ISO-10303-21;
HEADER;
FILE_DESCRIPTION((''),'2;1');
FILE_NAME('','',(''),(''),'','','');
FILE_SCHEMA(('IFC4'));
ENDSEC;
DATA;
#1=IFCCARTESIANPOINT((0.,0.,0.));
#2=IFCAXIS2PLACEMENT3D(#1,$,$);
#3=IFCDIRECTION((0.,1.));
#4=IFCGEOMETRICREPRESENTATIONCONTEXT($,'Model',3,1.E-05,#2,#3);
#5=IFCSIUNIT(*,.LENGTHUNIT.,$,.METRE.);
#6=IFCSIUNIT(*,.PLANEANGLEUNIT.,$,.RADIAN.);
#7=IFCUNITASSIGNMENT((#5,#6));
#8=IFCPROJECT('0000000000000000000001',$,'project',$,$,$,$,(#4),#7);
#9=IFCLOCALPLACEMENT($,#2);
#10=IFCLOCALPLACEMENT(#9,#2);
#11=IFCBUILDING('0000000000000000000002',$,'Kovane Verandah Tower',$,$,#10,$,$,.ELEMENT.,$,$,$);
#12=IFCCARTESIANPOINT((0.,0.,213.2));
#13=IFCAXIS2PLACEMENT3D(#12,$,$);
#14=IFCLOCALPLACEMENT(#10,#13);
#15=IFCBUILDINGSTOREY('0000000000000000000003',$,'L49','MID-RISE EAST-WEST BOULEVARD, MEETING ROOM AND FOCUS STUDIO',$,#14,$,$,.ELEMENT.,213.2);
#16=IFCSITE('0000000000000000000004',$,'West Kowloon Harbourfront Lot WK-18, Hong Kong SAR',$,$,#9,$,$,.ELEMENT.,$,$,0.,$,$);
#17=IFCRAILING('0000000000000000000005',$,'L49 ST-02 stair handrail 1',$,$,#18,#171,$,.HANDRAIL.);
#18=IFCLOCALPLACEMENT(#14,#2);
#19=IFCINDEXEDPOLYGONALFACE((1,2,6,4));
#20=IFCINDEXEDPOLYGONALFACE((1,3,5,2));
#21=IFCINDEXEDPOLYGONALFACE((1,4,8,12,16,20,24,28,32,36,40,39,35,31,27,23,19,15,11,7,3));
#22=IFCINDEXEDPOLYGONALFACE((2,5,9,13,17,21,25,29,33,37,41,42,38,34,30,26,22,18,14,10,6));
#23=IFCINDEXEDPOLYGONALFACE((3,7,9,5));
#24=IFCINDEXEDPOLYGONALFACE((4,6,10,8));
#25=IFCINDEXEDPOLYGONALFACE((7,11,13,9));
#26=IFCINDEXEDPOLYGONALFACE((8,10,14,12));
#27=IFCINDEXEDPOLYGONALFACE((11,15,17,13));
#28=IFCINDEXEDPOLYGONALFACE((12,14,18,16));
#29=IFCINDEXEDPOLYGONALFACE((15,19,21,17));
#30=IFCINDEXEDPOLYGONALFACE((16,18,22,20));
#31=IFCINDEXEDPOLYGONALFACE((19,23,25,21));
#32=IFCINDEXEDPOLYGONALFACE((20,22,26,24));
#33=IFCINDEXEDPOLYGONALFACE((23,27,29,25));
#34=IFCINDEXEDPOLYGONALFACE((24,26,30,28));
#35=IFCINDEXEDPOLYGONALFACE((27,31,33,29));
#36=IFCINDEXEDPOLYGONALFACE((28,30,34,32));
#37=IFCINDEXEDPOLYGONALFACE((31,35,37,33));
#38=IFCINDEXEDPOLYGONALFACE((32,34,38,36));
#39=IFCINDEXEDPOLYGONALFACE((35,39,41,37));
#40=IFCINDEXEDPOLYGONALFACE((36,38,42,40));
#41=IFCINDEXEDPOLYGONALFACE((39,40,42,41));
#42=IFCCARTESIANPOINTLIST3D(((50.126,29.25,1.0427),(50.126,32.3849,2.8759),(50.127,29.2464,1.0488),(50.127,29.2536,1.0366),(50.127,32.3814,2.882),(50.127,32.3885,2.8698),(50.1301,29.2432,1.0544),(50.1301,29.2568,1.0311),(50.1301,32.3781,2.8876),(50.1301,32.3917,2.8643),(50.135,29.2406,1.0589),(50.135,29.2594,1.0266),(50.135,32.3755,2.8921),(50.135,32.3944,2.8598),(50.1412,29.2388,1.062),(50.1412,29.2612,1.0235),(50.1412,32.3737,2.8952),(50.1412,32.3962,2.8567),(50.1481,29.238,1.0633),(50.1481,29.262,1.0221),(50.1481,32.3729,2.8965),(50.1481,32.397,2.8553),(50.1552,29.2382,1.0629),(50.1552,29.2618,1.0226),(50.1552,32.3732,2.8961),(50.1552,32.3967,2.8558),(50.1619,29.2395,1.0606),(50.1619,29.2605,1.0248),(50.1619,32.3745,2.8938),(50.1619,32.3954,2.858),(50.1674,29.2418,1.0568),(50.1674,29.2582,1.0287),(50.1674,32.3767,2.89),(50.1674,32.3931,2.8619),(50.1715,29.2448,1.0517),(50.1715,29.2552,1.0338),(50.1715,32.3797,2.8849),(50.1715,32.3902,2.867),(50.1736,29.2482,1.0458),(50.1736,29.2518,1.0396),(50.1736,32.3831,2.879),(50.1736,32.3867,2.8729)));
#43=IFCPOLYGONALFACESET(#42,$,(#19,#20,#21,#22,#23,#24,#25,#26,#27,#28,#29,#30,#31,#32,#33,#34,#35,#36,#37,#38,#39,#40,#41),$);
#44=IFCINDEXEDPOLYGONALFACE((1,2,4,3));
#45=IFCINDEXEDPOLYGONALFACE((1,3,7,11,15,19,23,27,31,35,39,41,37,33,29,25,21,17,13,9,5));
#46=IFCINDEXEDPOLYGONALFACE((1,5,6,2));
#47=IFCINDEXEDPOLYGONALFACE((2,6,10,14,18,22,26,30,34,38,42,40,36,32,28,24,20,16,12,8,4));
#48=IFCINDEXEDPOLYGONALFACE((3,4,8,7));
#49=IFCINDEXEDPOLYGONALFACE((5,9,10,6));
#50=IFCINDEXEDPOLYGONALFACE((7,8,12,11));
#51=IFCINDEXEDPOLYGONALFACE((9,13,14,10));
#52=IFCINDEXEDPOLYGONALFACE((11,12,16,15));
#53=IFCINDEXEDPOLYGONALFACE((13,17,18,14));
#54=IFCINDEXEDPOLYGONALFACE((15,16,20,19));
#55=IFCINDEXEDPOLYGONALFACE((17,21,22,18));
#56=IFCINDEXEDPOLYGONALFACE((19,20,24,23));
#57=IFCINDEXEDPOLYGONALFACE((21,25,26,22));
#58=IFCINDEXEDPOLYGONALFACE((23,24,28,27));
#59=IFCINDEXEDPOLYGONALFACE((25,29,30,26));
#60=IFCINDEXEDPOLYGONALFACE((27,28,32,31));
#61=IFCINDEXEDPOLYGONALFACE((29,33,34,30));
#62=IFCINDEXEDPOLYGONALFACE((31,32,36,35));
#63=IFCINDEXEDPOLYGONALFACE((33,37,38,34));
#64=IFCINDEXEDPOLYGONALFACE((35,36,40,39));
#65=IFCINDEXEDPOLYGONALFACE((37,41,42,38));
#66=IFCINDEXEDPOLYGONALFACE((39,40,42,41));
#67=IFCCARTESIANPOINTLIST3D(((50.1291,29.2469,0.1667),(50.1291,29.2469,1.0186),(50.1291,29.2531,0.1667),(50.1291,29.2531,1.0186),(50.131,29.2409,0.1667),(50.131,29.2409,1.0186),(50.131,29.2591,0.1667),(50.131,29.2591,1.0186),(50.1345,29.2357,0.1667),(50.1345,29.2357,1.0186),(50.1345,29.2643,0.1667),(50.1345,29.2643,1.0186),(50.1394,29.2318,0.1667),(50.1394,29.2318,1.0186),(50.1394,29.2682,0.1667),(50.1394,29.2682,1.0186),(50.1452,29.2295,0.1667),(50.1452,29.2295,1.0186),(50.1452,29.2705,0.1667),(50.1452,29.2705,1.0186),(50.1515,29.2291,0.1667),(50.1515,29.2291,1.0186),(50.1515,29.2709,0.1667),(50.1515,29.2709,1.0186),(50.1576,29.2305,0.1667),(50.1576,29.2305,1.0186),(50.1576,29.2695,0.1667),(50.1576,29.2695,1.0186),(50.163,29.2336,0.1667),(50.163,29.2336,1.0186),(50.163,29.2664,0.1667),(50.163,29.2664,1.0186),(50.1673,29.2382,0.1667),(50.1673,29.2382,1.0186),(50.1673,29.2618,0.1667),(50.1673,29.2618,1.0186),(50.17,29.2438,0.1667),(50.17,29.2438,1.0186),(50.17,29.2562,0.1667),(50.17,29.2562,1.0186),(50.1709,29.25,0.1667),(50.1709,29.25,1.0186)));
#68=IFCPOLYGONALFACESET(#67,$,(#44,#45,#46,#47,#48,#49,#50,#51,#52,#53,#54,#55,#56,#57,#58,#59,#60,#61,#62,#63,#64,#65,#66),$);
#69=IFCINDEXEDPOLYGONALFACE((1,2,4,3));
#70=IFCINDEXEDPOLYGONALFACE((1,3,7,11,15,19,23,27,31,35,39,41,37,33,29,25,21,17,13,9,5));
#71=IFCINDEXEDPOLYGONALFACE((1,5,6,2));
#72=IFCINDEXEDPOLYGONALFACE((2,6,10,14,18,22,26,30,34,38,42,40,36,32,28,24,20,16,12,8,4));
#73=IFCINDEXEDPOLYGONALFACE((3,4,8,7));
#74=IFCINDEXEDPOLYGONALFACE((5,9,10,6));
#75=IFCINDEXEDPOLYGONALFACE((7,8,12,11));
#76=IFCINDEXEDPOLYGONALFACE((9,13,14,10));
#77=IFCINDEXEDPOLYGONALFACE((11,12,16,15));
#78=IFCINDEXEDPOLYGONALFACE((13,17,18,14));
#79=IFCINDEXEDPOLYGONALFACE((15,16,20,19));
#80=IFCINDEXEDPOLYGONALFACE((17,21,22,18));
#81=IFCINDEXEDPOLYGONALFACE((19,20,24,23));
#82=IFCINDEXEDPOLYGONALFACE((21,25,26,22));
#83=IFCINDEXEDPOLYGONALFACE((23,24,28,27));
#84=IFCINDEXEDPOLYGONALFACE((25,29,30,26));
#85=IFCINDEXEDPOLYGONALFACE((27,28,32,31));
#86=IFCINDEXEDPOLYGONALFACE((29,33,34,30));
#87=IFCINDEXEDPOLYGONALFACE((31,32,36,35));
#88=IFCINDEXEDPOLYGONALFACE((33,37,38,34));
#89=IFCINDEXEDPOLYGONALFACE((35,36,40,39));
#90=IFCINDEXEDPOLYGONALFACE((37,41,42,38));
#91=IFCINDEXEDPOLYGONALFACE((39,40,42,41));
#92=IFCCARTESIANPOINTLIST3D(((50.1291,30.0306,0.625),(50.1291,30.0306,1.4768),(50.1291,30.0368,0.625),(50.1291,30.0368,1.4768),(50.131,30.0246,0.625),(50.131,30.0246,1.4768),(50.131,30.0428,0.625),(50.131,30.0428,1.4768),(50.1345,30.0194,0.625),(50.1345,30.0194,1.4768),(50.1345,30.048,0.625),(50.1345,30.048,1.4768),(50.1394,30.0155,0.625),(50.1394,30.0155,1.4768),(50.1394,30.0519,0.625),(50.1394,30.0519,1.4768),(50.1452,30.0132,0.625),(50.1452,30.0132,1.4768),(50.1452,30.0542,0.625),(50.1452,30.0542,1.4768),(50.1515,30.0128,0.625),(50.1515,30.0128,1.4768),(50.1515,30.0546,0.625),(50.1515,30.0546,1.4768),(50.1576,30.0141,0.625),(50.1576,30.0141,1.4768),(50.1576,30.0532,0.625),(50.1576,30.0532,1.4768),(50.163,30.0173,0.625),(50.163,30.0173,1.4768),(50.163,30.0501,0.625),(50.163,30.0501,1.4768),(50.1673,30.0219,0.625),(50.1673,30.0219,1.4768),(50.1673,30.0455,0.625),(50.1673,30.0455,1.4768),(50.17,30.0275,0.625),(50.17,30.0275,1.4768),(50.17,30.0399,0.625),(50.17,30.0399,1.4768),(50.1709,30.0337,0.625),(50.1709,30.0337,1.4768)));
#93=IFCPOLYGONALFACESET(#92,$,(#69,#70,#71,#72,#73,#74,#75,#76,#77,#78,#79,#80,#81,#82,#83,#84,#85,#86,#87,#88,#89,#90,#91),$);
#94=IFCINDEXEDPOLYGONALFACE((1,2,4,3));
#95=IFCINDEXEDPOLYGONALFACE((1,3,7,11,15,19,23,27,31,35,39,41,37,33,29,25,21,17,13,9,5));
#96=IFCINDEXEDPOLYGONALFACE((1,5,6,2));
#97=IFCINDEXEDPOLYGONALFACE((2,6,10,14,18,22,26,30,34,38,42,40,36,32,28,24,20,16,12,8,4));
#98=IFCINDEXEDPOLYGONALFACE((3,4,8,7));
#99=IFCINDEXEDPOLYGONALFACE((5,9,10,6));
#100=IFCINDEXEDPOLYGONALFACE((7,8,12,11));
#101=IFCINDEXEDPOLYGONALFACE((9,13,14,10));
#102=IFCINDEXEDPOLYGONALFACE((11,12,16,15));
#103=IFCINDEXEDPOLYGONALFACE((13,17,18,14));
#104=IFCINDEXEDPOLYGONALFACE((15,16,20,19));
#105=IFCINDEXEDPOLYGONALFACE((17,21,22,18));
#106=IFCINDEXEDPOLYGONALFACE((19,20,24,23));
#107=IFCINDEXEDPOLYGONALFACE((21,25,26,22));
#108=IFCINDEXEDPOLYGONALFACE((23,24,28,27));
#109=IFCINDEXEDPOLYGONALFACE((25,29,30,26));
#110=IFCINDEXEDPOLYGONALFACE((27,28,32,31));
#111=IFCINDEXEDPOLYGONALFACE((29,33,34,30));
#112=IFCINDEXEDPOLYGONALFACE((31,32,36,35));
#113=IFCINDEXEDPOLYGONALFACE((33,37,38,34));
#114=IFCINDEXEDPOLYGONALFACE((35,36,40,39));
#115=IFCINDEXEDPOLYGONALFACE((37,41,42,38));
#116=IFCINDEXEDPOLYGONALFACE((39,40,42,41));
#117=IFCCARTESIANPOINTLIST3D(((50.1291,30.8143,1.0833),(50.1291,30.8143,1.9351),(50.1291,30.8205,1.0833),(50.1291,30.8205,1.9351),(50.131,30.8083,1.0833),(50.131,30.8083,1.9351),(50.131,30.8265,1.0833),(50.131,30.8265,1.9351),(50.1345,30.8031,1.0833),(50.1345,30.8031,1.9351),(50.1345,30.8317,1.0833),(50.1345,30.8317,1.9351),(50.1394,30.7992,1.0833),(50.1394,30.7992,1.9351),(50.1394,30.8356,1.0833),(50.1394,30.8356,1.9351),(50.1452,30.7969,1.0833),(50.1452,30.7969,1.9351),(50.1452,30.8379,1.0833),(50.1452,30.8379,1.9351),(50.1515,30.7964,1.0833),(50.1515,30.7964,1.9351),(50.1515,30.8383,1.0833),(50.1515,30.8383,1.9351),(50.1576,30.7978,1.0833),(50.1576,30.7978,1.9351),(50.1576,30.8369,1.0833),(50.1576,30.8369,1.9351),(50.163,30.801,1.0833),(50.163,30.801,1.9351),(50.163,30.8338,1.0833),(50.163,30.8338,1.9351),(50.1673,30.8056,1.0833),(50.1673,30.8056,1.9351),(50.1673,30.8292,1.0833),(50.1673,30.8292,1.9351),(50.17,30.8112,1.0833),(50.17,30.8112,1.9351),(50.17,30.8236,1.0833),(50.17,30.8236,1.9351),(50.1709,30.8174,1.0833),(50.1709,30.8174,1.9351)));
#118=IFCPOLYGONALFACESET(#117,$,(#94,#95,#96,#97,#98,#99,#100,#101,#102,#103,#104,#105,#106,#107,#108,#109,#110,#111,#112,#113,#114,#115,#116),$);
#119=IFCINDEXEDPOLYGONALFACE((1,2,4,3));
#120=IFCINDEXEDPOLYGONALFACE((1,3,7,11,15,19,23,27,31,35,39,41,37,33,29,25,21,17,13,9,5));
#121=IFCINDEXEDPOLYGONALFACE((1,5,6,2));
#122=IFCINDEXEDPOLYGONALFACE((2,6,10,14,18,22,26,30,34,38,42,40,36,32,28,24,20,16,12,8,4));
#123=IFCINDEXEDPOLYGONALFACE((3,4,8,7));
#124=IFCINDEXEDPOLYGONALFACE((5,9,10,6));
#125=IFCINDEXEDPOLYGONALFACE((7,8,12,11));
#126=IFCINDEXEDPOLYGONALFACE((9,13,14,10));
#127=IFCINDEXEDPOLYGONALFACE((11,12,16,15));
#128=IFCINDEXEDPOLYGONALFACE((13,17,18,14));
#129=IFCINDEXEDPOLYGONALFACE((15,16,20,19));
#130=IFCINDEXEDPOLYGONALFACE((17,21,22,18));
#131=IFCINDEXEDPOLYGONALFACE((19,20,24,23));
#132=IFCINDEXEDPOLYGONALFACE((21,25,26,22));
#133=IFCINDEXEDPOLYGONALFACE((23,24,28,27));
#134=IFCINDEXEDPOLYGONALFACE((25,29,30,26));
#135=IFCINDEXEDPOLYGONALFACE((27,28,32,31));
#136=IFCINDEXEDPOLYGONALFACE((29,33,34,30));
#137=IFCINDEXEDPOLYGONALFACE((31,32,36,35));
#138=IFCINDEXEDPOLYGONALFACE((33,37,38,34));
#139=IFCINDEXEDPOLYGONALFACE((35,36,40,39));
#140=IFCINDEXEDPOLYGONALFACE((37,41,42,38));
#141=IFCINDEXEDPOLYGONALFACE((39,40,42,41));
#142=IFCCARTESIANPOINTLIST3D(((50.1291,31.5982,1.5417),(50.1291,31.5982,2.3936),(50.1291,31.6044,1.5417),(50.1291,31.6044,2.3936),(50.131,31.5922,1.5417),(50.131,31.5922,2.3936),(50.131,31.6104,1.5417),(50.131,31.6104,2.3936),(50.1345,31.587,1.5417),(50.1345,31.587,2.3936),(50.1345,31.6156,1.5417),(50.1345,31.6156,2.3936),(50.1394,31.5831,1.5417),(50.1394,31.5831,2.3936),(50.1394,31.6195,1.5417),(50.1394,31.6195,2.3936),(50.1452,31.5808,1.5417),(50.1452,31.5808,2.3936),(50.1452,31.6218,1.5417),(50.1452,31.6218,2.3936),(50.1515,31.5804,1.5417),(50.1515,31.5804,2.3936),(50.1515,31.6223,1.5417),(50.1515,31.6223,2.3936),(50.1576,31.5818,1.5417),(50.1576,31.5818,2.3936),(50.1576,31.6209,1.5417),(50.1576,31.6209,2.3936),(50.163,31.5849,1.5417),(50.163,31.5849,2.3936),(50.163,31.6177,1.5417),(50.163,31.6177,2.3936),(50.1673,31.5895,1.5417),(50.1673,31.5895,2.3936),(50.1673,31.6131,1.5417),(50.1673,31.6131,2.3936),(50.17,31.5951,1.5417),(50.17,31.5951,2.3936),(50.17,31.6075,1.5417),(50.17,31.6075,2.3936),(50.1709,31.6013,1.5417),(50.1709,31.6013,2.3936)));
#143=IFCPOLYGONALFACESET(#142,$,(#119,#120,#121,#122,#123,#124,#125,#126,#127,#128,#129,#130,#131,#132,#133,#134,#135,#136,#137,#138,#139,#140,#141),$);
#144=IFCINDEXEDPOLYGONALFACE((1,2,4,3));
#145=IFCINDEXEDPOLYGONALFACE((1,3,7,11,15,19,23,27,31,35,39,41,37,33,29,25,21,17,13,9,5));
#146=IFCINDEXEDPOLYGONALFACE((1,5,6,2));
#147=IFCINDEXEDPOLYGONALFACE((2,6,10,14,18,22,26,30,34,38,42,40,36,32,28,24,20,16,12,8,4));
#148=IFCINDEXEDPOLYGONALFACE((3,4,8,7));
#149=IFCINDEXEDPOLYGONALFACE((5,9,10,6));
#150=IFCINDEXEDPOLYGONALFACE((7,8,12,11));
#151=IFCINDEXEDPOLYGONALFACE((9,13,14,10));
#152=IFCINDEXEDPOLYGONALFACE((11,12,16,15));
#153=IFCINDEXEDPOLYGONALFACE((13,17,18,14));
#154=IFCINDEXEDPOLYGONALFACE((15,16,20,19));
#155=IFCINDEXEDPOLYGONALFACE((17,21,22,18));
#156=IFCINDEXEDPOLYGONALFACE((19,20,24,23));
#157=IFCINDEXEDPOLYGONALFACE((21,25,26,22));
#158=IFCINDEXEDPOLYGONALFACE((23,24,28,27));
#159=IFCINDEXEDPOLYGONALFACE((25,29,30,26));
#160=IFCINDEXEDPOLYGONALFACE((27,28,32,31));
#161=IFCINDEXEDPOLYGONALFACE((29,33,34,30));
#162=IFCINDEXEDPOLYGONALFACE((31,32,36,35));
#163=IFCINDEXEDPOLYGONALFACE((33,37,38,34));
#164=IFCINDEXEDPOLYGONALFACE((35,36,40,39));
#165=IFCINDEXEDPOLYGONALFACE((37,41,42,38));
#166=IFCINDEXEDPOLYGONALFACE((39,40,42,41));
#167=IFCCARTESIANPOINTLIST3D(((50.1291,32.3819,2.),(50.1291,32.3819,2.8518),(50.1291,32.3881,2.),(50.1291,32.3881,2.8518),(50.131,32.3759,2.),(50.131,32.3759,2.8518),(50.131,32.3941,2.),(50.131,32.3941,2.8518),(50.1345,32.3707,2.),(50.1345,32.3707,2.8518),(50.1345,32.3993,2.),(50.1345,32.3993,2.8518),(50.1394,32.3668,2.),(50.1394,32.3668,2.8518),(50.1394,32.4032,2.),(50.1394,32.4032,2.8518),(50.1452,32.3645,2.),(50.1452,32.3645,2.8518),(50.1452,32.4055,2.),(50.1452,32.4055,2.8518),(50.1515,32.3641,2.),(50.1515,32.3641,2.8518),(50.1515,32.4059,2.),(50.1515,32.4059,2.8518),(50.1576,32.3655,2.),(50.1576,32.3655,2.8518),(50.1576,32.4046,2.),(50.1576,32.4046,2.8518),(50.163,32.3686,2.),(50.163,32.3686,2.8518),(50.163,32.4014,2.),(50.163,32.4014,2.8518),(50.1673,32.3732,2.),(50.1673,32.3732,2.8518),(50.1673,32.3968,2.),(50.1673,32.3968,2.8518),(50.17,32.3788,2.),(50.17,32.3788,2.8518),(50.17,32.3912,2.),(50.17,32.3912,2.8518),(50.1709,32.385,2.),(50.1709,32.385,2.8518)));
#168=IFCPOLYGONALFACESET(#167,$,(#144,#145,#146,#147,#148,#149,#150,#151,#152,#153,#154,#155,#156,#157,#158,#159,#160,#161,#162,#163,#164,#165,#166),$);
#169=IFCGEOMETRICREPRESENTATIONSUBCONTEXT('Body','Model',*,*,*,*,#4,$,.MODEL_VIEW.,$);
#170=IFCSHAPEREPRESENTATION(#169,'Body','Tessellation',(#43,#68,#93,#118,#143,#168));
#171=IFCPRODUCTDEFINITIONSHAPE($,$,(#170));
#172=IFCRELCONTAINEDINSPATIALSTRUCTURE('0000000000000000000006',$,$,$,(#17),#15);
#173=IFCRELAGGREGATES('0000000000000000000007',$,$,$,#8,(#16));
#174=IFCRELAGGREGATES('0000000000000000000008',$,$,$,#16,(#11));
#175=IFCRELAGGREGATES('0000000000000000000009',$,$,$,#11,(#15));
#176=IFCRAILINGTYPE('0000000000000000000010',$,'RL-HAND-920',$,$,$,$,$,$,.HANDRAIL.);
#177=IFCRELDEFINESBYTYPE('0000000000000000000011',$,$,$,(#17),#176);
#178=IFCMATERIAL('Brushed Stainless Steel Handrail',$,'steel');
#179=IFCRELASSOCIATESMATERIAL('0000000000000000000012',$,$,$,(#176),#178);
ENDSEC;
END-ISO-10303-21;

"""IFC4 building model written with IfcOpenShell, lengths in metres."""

from ifc_helpers import new_model, si_unit, direction, frame, origin, origin_2d, place, context, subcontext, project, spatial, circle, extrude, material, type_object, element, save


model = new_model("IFC4")

# Units and contexts
model_context = context("Model", 3, precision=1e-05, world=origin(), true_north=direction((0.0, 1.0)))
body_context = subcontext(model_context, "Body", "Model", "MODEL_VIEW")
ifc_project = project(units=[si_unit("LENGTHUNIT", "METRE"), si_unit("PLANEANGLEUNIT", "RADIAN")], contexts=[model_context])

# Site, building, storey
site_placement = place(None, origin())
site = spatial("IfcSite", under=ifc_project, at=site_placement, Name="West Kowloon Harbourfront Lot WK-18, Hong Kong SAR", CompositionType="ELEMENT", RefElevation=0.0)
building_placement = place(site_placement, origin())
building = spatial("IfcBuilding", under=site, at=building_placement, Name="Kovane Verandah Tower", CompositionType="ELEMENT")
storey_placement = place(building_placement, frame((0.0, 0.0, 213.2)))
storey = spatial("IfcBuildingStorey", under=building, at=storey_placement, Name="L49", Description="MID-RISE EAST-WEST BOULEVARD, MEETING ROOM AND FOCUS STUDIO", CompositionType="ELEMENT", Elevation=213.2)

# Railing
ifc_material_1 = material(Name="Brushed Stainless Steel Handrail", Category="steel")
railing_type_1 = type_object("IfcRailingType", Name="RL-HAND-920", PredefinedType="HANDRAIL", material=ifc_material_1)
railing_1_placement = place(storey_placement, frame((50.1499, 29.25, 0.1667)))
element("IfcRailing", 1, at=railing_1_placement, inside=storey, type_object=railing_type_1, Name="L49 ST-02 stair handrail 1", PredefinedType="HANDRAIL", context=body_context, shape_type="SweptSolid", body=[
    extrude(circle(Radius=0.0239, at=origin_2d()), frame((0.0, 0.0, 0.876), z_axis=(0.0, 0.86324, 0.504794), x_axis=(-1.0, 0.0, 0.0)), (0.0, 0.0, 1.0), 3.6316),
    extrude(circle(Radius=0.021, at=origin_2d()), origin(), (0.0, 0.0, 1.0), 0.8518),
    extrude(circle(Radius=0.021, at=origin_2d()), frame((0.0, 0.7837, 0.4583)), (0.0, 0.0, 1.0), 0.8518),
    extrude(circle(Radius=0.021, at=origin_2d()), frame((0.0, 1.5674, 0.9165)), (0.0, 0.0, 1.0), 0.8518),
    extrude(circle(Radius=0.021, at=origin_2d()), frame((0.0, 2.3513, 1.375)), (0.0, 0.0, 1.0), 0.8518),
    extrude(circle(Radius=0.021, at=origin_2d()), frame((0.0, 3.135, 1.8333)), (0.0, 0.0, 1.0), 0.8518),
])

save(model, "model.ifc")
